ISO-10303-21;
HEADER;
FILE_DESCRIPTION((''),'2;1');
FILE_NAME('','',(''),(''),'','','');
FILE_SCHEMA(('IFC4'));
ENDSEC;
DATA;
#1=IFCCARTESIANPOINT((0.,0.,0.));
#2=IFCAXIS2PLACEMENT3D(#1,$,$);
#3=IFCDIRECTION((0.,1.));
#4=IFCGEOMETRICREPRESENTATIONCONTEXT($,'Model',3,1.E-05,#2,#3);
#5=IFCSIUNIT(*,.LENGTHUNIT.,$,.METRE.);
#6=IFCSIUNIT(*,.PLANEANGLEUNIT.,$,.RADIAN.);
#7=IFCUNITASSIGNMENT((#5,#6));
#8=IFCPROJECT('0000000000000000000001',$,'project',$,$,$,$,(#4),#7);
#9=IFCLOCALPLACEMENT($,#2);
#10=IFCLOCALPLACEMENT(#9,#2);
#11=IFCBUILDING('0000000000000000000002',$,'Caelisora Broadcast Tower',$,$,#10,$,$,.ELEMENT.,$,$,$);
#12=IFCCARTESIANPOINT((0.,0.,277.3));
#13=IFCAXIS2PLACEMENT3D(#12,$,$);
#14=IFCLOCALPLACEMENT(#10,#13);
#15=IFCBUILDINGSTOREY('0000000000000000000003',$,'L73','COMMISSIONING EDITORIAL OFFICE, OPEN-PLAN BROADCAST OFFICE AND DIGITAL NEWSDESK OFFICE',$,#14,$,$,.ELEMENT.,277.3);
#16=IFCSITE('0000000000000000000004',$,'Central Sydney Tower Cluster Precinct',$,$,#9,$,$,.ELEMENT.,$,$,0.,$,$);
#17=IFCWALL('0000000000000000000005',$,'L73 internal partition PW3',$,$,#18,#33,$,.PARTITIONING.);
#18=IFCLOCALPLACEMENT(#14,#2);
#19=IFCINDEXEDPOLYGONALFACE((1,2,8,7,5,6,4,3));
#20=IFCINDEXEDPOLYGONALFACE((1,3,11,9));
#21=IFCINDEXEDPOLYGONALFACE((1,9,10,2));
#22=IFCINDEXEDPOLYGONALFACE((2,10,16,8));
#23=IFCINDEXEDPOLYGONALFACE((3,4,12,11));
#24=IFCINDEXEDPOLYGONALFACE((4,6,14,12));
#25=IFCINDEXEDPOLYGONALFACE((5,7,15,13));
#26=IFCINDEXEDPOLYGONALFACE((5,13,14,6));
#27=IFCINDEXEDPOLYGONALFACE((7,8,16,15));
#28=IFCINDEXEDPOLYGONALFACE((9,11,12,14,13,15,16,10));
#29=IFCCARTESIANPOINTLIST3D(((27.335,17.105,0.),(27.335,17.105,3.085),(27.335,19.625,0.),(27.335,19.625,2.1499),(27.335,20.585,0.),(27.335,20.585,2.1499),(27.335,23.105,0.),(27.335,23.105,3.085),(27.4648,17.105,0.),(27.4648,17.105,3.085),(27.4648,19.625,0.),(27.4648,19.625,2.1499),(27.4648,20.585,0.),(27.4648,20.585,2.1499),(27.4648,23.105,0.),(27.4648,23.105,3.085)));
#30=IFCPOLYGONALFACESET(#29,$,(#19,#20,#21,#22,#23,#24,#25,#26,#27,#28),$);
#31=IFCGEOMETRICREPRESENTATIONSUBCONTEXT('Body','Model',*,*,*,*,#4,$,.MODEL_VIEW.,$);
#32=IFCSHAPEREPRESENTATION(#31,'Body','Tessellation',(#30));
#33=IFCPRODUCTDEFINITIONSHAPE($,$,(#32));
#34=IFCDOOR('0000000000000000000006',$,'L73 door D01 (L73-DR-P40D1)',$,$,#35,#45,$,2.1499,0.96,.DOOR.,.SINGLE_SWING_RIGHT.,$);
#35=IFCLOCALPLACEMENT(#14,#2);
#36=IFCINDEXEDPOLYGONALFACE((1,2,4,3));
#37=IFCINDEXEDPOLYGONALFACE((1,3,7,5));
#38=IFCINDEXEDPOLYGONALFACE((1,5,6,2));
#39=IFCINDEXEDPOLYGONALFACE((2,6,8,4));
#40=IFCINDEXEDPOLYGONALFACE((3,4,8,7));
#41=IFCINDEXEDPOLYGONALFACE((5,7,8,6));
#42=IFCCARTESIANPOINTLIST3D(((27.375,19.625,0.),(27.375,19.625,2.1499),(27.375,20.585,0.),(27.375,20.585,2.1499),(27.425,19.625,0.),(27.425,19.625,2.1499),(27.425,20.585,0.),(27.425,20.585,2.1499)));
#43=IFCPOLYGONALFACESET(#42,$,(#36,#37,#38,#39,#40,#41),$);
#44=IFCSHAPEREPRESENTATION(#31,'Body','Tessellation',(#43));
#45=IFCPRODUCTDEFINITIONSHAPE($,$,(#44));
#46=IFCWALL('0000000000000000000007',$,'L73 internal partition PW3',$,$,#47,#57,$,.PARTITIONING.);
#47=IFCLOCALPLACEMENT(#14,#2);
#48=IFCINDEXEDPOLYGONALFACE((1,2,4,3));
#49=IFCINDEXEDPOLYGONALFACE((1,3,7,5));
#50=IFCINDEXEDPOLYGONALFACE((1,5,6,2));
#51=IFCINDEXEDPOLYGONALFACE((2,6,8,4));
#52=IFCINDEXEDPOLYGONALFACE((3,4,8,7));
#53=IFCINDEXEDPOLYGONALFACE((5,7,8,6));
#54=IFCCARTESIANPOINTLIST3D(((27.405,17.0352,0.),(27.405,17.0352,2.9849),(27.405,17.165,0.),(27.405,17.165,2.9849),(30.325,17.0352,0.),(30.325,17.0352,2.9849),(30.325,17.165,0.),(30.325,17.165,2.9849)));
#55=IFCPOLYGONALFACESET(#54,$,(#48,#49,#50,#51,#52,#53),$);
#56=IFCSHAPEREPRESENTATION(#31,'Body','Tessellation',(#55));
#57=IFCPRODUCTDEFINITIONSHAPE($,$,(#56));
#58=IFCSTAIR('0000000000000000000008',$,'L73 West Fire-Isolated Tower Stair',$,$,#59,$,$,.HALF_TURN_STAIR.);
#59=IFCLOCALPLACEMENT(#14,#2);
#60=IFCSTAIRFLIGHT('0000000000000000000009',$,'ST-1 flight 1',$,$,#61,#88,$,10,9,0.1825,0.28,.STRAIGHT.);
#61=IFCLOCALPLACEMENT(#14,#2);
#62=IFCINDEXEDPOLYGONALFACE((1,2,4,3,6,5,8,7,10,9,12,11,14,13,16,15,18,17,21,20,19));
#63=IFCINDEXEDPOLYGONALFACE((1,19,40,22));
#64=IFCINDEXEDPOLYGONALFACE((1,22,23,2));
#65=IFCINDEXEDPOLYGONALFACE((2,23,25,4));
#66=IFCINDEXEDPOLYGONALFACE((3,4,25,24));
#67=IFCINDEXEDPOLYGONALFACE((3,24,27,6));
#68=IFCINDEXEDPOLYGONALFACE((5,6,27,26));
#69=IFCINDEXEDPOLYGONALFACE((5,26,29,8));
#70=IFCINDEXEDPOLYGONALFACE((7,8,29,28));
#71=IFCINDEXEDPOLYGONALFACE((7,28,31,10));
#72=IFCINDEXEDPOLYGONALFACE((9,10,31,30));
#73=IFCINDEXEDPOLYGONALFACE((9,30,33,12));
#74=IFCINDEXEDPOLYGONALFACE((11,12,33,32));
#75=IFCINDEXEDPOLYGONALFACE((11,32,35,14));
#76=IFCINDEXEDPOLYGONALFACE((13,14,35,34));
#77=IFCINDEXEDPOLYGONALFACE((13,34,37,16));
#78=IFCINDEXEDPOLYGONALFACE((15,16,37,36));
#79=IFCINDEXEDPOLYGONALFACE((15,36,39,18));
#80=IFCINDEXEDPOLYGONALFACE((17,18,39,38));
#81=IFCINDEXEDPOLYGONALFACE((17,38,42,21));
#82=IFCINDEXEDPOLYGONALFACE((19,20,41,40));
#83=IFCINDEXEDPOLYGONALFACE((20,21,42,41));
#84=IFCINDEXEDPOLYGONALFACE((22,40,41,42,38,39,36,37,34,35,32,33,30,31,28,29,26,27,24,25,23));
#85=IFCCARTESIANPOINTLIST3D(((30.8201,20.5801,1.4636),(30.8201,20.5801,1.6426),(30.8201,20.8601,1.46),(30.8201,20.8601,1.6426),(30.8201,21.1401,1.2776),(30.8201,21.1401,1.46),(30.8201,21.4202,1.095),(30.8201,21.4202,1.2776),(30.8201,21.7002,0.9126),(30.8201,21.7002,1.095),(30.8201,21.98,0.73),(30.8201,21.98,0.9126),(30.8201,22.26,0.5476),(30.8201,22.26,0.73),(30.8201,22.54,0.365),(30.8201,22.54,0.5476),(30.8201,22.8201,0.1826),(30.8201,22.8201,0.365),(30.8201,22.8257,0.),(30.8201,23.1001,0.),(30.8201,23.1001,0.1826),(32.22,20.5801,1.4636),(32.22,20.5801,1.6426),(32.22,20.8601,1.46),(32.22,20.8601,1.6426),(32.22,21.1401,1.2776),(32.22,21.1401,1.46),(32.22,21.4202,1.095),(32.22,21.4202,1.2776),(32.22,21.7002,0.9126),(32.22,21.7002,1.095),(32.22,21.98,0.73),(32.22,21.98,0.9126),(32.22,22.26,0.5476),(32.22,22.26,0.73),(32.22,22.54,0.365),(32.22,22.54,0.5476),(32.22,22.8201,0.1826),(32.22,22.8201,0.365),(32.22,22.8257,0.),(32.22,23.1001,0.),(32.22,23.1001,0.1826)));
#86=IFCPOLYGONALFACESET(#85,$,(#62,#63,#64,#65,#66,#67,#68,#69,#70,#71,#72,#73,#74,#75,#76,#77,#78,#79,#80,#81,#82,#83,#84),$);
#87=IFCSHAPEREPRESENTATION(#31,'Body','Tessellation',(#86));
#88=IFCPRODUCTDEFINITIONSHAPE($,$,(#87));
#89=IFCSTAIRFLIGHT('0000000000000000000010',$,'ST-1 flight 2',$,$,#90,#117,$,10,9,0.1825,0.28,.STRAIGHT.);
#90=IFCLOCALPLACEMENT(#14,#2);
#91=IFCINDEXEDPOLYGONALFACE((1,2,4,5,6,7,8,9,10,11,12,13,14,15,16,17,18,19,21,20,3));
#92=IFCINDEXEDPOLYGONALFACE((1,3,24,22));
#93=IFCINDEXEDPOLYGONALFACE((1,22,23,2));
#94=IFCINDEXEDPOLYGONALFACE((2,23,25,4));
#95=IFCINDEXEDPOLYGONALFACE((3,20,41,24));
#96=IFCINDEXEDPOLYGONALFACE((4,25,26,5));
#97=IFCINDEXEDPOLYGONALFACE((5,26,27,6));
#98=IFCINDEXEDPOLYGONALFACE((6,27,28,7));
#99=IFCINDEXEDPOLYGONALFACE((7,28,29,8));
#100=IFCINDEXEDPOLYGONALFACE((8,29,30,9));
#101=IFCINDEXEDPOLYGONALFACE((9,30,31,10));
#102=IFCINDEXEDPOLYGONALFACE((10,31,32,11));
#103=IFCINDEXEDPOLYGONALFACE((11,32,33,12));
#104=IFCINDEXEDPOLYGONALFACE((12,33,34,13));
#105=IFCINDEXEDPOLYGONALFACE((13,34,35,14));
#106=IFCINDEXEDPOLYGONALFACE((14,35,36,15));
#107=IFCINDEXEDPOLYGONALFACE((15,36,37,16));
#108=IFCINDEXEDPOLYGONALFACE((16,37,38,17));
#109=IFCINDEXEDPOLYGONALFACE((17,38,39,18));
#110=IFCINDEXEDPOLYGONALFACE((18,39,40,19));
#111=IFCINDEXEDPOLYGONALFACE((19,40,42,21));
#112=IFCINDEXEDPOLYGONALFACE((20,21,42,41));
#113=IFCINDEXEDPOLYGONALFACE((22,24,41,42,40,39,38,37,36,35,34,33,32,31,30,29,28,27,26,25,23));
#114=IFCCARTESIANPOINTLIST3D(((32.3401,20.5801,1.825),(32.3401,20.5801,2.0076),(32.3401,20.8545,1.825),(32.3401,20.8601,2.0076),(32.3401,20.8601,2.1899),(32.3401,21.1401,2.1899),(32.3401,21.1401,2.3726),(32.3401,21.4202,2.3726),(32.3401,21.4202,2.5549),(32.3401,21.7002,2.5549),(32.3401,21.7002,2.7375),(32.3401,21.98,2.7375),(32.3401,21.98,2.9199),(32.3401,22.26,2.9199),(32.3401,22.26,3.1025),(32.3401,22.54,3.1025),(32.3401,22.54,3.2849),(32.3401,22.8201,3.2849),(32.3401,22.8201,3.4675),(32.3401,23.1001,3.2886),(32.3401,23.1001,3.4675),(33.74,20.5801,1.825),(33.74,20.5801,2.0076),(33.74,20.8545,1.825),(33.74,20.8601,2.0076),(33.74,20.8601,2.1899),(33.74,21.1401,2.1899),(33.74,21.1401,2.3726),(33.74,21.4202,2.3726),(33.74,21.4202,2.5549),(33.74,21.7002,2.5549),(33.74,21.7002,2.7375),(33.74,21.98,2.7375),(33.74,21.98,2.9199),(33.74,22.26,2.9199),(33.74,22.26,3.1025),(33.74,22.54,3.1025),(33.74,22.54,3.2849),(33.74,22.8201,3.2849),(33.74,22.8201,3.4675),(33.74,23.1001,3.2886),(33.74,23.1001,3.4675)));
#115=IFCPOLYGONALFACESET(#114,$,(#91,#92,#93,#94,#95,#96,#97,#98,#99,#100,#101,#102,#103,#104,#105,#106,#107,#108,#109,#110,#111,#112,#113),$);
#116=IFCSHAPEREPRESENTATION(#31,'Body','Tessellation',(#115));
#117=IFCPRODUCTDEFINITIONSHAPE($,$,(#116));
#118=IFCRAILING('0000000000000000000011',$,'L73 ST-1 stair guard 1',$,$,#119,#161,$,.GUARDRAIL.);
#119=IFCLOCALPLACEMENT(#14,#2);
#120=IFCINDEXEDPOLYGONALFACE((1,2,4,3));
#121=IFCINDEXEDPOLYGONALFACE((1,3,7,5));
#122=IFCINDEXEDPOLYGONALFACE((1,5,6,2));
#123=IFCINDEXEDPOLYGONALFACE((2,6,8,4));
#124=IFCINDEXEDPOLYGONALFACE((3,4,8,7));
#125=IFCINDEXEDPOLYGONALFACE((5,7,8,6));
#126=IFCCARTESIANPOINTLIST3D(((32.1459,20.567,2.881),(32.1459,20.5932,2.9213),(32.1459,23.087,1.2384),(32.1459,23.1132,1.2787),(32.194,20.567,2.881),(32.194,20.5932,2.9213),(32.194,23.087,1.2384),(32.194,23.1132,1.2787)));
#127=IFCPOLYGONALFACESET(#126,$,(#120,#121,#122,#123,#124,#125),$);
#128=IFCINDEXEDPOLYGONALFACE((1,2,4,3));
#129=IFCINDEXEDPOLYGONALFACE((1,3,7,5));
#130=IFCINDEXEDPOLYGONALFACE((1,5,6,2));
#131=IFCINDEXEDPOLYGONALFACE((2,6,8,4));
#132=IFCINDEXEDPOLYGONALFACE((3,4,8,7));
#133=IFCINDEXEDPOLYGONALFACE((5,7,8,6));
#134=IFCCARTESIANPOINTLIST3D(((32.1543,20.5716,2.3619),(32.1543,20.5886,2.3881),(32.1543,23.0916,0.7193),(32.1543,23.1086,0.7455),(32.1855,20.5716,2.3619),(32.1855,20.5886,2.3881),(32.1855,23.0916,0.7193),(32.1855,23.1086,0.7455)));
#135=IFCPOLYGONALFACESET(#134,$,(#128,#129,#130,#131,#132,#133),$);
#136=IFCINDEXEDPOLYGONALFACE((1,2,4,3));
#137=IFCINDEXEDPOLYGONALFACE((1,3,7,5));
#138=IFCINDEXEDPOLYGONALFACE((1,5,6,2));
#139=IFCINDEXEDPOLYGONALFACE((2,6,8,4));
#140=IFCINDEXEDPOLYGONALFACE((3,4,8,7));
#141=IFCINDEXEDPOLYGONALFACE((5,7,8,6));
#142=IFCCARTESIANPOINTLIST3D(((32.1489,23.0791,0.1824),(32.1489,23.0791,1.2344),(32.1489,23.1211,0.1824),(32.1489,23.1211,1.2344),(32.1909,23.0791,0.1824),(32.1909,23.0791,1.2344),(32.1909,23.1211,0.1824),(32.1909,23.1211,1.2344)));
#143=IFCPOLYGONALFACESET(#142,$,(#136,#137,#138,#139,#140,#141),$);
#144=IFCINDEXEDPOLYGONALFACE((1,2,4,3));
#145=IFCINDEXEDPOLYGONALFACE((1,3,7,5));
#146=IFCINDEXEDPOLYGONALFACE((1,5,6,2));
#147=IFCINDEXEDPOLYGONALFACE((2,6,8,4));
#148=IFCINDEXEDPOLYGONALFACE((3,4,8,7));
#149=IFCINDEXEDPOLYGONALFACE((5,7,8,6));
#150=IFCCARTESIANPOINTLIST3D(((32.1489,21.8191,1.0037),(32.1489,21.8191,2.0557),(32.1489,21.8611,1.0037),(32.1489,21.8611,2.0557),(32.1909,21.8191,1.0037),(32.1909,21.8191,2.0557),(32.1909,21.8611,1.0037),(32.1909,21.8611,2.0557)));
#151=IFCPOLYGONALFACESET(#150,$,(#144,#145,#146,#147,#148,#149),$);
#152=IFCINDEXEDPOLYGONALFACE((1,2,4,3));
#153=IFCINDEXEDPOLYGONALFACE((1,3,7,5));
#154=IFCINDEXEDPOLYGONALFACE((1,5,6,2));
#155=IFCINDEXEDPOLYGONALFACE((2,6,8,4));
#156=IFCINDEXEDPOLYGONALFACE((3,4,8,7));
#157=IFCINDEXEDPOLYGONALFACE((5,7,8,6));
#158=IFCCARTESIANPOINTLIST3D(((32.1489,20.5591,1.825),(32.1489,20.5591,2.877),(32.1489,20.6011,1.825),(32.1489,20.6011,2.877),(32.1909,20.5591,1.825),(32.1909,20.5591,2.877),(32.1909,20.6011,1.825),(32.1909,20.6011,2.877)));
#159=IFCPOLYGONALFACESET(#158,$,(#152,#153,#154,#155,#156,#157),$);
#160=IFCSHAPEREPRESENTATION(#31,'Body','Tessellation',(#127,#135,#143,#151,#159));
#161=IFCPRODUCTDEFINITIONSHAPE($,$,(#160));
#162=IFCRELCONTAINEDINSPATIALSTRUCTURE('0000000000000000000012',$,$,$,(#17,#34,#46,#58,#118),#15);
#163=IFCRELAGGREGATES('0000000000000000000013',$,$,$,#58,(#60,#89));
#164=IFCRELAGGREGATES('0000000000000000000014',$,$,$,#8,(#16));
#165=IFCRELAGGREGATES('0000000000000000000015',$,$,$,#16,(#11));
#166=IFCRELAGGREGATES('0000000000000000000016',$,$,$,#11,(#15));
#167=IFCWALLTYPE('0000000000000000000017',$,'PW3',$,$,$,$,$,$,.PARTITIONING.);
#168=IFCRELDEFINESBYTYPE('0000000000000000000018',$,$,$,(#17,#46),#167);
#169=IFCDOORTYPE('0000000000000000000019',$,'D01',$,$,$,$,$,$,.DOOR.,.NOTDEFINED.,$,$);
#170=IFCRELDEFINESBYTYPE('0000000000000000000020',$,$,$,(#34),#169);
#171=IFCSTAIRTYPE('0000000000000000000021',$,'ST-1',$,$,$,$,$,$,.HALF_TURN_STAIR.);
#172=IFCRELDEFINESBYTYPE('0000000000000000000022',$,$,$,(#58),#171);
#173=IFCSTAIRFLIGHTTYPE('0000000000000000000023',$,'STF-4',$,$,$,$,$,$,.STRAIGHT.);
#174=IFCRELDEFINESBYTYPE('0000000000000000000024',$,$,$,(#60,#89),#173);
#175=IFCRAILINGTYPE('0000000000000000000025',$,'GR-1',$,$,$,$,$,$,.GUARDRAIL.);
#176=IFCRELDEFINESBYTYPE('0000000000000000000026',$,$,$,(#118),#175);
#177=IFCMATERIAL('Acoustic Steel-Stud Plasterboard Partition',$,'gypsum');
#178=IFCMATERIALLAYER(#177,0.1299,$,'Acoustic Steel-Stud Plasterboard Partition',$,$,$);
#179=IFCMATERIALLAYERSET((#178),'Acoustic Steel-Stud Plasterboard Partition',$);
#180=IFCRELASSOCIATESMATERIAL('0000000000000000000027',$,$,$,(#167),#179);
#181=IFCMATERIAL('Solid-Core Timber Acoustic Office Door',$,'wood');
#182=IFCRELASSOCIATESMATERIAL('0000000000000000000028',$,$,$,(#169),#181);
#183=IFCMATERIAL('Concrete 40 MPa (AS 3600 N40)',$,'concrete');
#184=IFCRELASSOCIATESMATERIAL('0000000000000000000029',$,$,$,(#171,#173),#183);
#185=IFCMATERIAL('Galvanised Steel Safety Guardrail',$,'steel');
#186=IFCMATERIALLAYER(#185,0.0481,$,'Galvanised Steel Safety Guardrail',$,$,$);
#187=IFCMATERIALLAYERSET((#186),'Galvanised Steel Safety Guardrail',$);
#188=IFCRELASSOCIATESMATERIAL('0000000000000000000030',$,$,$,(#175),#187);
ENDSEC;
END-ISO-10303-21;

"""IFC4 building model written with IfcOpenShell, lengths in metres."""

from ifc_helpers import new_model, si_unit, direction, frame, frame_2d, origin, origin_2d, place, context, subcontext, project, spatial, polyline, rectangle, outline, extrude, material, layer, layer_set, type_object, element, fill, aggregate, save


model = new_model("IFC4")

# Units and contexts
model_context = context("Model", 3, precision=1e-05, world=origin(), true_north=direction((0.0, 1.0)))
body_context = subcontext(model_context, "Body", "Model", "MODEL_VIEW")
ifc_project = project(units=[si_unit("LENGTHUNIT", "METRE"), si_unit("PLANEANGLEUNIT", "RADIAN")], contexts=[model_context])

# Site, building, storey
site_placement = place(None, origin())
site = spatial("IfcSite", under=ifc_project, at=site_placement, Name="Central Sydney Tower Cluster Precinct", CompositionType="ELEMENT", RefElevation=0.0)
building_placement = place(site_placement, origin())
building = spatial("IfcBuilding", under=site, at=building_placement, Name="Caelisora Broadcast Tower", CompositionType="ELEMENT")
storey_placement = place(building_placement, frame((0.0, 0.0, 277.3)))
storey = spatial("IfcBuildingStorey", under=building, at=storey_placement, Name="L73", Description="COMMISSIONING EDITORIAL OFFICE, OPEN-PLAN BROADCAST OFFICE AND DIGITAL NEWSDESK OFFICE", CompositionType="ELEMENT", Elevation=277.3)

# Shared definitions
ifc_material_1 = material(Name="Concrete 40 MPa (AS 3600 N40)", Category="concrete")

# Shared definitions
ifc_material_2 = material(Name="Acoustic Steel-Stud Plasterboard Partition", Category="gypsum")
ifc_layer_1 = layer(ifc_material_2, 0.1299, Name="Acoustic Steel-Stud Plasterboard Partition")
ifc_layer_set_1 = layer_set([ifc_layer_1], Name="Acoustic Steel-Stud Plasterboard Partition")
wall_type_1 = type_object("IfcWallType", Name="PW3", PredefinedType="PARTITIONING", material=ifc_layer_set_1)

# Wall, opening, door
wall_1_placement = place(storey_placement, frame((27.3999, 17.105, 0.0), z_axis=(0.0, 0.0, 1.0), x_axis=(0.0, 1.0, 0.0)))
wall_1 = element("IfcWall", 1, at=wall_1_placement, inside=storey, type_object=wall_type_1, Name="L73 internal partition PW3", PredefinedType="PARTITIONING", context=body_context, shape_type="SweptSolid", body=[
    extrude(rectangle(XDim=6.0, YDim=0.1299, at=frame_2d((3.0, 0.0))), origin(), (0.0, 0.0, 1.0), 3.085),
])
opening_1_placement = place(wall_1_placement, frame((2.52, 0.0, 0.0)))
opening_1 = element("IfcOpeningElement", 2, at=opening_1_placement, cuts=wall_1, PredefinedType="OPENING", context=body_context, shape_type="SweptSolid", body=[
    extrude(rectangle(XDim=0.96, YDim=2.1499, at=frame_2d((0.48, 1.075))), frame((0.0, 0.0769, 0.0), z_axis=(0.0, -1.0, 0.0), x_axis=(1.0, 0.0, 0.0)), (0.0, 0.0, 1.0), 0.1538),
])
ifc_material_3 = material(Name="Solid-Core Timber Acoustic Office Door", Category="wood")
door_type_1 = type_object("IfcDoorType", Name="D01", OperationType="NOTDEFINED", PredefinedType="DOOR", material=ifc_material_3)
door_1_placement = place(opening_1_placement, origin())
door_1 = element("IfcDoor", 3, at=door_1_placement, inside=storey, type_object=door_type_1, Name="L73 door D01 (L73-DR-P40D1)", OperationType="SINGLE_SWING_RIGHT", OverallHeight=2.1499, OverallWidth=0.96, PredefinedType="DOOR", context=body_context, shape_type="SweptSolid", body=[
    extrude(rectangle(XDim=0.96, YDim=2.1499, at=frame_2d((0.48, 1.075))), frame((0.0, 0.0249, 0.0), z_axis=(0.0, -1.0, 0.0), x_axis=(1.0, 0.0, 0.0)), (0.0, 0.0, 1.0), 0.05),
])
fill(opening_1, door_1)

# Wall
wall_2_placement = place(storey_placement, frame((30.325, 17.1001, 0.0), z_axis=(0.0, 0.0, 1.0), x_axis=(-1.0, 0.0, 0.0)))
element("IfcWall", 4, at=wall_2_placement, inside=storey, type_object=wall_type_1, Name="L73 internal partition PW3", PredefinedType="PARTITIONING", context=body_context, shape_type="SweptSolid", body=[
    extrude(rectangle(XDim=2.9199, YDim=0.1299, at=frame_2d((1.46, 0.0))), origin(), (0.0, 0.0, 1.0), 2.9849),
])

# Stair, stair flights
stair_type = type_object("IfcStairType", Name="ST-1", PredefinedType="HALF_TURN_STAIR", material=ifc_material_1)
stair_placement = place(storey_placement, origin())
stair = element("IfcStair", 5, at=stair_placement, inside=storey, type_object=stair_type, Name="L73 West Fire-Isolated Tower Stair", PredefinedType="HALF_TURN_STAIR")
stair_flight_type = type_object("IfcStairFlightType", Name="STF-4", PredefinedType="STRAIGHT", material=ifc_material_1)
stair_flight_1_placement = place(storey_placement, frame((31.52, 23.1001, 0.0), z_axis=(0.0, 0.0, 1.0), x_axis=(0.0, -1.0, 0.0)))
stair_flight_1 = element("IfcStairFlight", 6, at=stair_flight_1_placement, type_object=stair_flight_type, Name="ST-1 flight 1", NumberOfRisers=10, NumberOfTreads=9, PredefinedType="STRAIGHT", RiserHeight=0.1825, TreadLength=0.28, context=body_context, shape_type="SweptSolid", body=[
    extrude(outline(polyline([(0.0, 0.0), (0.0, 0.1826), (0.28, 0.1826), (0.28, 0.365), (0.5601, 0.365), (0.5601, 0.5476), (0.8401, 0.5476), (0.8401, 0.73), (1.1201, 0.73), (1.1201, 0.9126), (1.3999, 0.9126), (1.3999, 1.095), (1.6799, 1.095), (1.6799, 1.2776), (1.96, 1.2776), (1.96, 1.46), (2.24, 1.46), (2.24, 1.6426), (2.52, 1.6426), (2.52, 1.825), (2.52, 1.4636), (0.2744, 0.0), (0.0, 0.0)])), frame((0.0, 0.7, 0.0), z_axis=(0.0, -1.0, 0.0), x_axis=(1.0, 0.0, 0.0)), (0.0, 0.0, 1.0), 1.3999),
])
stair_flight_2_placement = place(storey_placement, frame((33.04, 20.5801, 1.825), z_axis=(0.0, 0.0, 1.0), x_axis=(0.0, 1.0, 0.0)))
stair_flight_2 = element("IfcStairFlight", 7, at=stair_flight_2_placement, type_object=stair_flight_type, Name="ST-1 flight 2", NumberOfRisers=10, NumberOfTreads=9, PredefinedType="STRAIGHT", RiserHeight=0.1825, TreadLength=0.28, context=body_context, shape_type="SweptSolid", body=[
    extrude(outline(polyline([(0.0, 0.0), (0.0, 0.1826), (0.28, 0.1826), (0.28, 0.365), (0.5601, 0.365), (0.5601, 0.5476), (0.8401, 0.5476), (0.8401, 0.73), (1.1201, 0.73), (1.1201, 0.9126), (1.3999, 0.9126), (1.3999, 1.095), (1.6799, 1.095), (1.6799, 1.2776), (1.96, 1.2776), (1.96, 1.46), (2.24, 1.46), (2.24, 1.6426), (2.52, 1.6426), (2.52, 1.825), (2.52, 1.4636), (0.2744, 0.0), (0.0, 0.0)])), frame((0.0, 0.7, 0.0), z_axis=(0.0, -1.0, 0.0), x_axis=(1.0, 0.0, 0.0)), (0.0, 0.0, 1.0), 1.3999),
])
aggregate(stair, [stair_flight_1, stair_flight_2])

# Railing
ifc_material_4 = material(Name="Galvanised Steel Safety Guardrail", Category="steel")
ifc_layer_2 = layer(ifc_material_4, 0.0481, Name="Galvanised Steel Safety Guardrail")
ifc_layer_set_2 = layer_set([ifc_layer_2], Name="Galvanised Steel Safety Guardrail")
railing_type_1 = type_object("IfcRailingType", Name="GR-1", PredefinedType="GUARDRAIL", material=ifc_layer_set_2)
railing_1_placement = place(storey_placement, frame((32.1699, 23.1001, 0.1824)))
element("IfcRailing", 8, at=railing_1_placement, inside=storey, type_object=railing_type_1, Name="L73 ST-1 stair guard 1", PredefinedType="GUARDRAIL", context=body_context, shape_type="SweptSolid", body=[
    extrude(rectangle(XDim=0.0481, YDim=0.0481, at=origin_2d()), frame((0.0, 0.0, 1.0762), z_axis=(0.0, -0.837749, 0.546055), x_axis=(1.0, 0.0, 0.0)), (0.0, 0.0, 1.0), 3.0081),
    extrude(rectangle(XDim=0.0312, YDim=0.0312, at=origin_2d()), frame((0.0, 0.0, 0.55), z_axis=(0.0, -0.837749, 0.546055), x_axis=(1.0, 0.0, 0.0)), (0.0, 0.0, 1.0), 3.0081),
    extrude(rectangle(XDim=0.042, YDim=0.042, at=origin_2d()), origin(), (0.0, 0.0, 1.0), 1.052),
    extrude(rectangle(XDim=0.042, YDim=0.042, at=origin_2d()), frame((0.0, -1.26, 0.8213)), (0.0, 0.0, 1.0), 1.052),
    extrude(rectangle(XDim=0.042, YDim=0.042, at=origin_2d()), frame((0.0, -2.52, 1.6426)), (0.0, 0.0, 1.0), 1.052),
])

save(model, "model.ifc")
